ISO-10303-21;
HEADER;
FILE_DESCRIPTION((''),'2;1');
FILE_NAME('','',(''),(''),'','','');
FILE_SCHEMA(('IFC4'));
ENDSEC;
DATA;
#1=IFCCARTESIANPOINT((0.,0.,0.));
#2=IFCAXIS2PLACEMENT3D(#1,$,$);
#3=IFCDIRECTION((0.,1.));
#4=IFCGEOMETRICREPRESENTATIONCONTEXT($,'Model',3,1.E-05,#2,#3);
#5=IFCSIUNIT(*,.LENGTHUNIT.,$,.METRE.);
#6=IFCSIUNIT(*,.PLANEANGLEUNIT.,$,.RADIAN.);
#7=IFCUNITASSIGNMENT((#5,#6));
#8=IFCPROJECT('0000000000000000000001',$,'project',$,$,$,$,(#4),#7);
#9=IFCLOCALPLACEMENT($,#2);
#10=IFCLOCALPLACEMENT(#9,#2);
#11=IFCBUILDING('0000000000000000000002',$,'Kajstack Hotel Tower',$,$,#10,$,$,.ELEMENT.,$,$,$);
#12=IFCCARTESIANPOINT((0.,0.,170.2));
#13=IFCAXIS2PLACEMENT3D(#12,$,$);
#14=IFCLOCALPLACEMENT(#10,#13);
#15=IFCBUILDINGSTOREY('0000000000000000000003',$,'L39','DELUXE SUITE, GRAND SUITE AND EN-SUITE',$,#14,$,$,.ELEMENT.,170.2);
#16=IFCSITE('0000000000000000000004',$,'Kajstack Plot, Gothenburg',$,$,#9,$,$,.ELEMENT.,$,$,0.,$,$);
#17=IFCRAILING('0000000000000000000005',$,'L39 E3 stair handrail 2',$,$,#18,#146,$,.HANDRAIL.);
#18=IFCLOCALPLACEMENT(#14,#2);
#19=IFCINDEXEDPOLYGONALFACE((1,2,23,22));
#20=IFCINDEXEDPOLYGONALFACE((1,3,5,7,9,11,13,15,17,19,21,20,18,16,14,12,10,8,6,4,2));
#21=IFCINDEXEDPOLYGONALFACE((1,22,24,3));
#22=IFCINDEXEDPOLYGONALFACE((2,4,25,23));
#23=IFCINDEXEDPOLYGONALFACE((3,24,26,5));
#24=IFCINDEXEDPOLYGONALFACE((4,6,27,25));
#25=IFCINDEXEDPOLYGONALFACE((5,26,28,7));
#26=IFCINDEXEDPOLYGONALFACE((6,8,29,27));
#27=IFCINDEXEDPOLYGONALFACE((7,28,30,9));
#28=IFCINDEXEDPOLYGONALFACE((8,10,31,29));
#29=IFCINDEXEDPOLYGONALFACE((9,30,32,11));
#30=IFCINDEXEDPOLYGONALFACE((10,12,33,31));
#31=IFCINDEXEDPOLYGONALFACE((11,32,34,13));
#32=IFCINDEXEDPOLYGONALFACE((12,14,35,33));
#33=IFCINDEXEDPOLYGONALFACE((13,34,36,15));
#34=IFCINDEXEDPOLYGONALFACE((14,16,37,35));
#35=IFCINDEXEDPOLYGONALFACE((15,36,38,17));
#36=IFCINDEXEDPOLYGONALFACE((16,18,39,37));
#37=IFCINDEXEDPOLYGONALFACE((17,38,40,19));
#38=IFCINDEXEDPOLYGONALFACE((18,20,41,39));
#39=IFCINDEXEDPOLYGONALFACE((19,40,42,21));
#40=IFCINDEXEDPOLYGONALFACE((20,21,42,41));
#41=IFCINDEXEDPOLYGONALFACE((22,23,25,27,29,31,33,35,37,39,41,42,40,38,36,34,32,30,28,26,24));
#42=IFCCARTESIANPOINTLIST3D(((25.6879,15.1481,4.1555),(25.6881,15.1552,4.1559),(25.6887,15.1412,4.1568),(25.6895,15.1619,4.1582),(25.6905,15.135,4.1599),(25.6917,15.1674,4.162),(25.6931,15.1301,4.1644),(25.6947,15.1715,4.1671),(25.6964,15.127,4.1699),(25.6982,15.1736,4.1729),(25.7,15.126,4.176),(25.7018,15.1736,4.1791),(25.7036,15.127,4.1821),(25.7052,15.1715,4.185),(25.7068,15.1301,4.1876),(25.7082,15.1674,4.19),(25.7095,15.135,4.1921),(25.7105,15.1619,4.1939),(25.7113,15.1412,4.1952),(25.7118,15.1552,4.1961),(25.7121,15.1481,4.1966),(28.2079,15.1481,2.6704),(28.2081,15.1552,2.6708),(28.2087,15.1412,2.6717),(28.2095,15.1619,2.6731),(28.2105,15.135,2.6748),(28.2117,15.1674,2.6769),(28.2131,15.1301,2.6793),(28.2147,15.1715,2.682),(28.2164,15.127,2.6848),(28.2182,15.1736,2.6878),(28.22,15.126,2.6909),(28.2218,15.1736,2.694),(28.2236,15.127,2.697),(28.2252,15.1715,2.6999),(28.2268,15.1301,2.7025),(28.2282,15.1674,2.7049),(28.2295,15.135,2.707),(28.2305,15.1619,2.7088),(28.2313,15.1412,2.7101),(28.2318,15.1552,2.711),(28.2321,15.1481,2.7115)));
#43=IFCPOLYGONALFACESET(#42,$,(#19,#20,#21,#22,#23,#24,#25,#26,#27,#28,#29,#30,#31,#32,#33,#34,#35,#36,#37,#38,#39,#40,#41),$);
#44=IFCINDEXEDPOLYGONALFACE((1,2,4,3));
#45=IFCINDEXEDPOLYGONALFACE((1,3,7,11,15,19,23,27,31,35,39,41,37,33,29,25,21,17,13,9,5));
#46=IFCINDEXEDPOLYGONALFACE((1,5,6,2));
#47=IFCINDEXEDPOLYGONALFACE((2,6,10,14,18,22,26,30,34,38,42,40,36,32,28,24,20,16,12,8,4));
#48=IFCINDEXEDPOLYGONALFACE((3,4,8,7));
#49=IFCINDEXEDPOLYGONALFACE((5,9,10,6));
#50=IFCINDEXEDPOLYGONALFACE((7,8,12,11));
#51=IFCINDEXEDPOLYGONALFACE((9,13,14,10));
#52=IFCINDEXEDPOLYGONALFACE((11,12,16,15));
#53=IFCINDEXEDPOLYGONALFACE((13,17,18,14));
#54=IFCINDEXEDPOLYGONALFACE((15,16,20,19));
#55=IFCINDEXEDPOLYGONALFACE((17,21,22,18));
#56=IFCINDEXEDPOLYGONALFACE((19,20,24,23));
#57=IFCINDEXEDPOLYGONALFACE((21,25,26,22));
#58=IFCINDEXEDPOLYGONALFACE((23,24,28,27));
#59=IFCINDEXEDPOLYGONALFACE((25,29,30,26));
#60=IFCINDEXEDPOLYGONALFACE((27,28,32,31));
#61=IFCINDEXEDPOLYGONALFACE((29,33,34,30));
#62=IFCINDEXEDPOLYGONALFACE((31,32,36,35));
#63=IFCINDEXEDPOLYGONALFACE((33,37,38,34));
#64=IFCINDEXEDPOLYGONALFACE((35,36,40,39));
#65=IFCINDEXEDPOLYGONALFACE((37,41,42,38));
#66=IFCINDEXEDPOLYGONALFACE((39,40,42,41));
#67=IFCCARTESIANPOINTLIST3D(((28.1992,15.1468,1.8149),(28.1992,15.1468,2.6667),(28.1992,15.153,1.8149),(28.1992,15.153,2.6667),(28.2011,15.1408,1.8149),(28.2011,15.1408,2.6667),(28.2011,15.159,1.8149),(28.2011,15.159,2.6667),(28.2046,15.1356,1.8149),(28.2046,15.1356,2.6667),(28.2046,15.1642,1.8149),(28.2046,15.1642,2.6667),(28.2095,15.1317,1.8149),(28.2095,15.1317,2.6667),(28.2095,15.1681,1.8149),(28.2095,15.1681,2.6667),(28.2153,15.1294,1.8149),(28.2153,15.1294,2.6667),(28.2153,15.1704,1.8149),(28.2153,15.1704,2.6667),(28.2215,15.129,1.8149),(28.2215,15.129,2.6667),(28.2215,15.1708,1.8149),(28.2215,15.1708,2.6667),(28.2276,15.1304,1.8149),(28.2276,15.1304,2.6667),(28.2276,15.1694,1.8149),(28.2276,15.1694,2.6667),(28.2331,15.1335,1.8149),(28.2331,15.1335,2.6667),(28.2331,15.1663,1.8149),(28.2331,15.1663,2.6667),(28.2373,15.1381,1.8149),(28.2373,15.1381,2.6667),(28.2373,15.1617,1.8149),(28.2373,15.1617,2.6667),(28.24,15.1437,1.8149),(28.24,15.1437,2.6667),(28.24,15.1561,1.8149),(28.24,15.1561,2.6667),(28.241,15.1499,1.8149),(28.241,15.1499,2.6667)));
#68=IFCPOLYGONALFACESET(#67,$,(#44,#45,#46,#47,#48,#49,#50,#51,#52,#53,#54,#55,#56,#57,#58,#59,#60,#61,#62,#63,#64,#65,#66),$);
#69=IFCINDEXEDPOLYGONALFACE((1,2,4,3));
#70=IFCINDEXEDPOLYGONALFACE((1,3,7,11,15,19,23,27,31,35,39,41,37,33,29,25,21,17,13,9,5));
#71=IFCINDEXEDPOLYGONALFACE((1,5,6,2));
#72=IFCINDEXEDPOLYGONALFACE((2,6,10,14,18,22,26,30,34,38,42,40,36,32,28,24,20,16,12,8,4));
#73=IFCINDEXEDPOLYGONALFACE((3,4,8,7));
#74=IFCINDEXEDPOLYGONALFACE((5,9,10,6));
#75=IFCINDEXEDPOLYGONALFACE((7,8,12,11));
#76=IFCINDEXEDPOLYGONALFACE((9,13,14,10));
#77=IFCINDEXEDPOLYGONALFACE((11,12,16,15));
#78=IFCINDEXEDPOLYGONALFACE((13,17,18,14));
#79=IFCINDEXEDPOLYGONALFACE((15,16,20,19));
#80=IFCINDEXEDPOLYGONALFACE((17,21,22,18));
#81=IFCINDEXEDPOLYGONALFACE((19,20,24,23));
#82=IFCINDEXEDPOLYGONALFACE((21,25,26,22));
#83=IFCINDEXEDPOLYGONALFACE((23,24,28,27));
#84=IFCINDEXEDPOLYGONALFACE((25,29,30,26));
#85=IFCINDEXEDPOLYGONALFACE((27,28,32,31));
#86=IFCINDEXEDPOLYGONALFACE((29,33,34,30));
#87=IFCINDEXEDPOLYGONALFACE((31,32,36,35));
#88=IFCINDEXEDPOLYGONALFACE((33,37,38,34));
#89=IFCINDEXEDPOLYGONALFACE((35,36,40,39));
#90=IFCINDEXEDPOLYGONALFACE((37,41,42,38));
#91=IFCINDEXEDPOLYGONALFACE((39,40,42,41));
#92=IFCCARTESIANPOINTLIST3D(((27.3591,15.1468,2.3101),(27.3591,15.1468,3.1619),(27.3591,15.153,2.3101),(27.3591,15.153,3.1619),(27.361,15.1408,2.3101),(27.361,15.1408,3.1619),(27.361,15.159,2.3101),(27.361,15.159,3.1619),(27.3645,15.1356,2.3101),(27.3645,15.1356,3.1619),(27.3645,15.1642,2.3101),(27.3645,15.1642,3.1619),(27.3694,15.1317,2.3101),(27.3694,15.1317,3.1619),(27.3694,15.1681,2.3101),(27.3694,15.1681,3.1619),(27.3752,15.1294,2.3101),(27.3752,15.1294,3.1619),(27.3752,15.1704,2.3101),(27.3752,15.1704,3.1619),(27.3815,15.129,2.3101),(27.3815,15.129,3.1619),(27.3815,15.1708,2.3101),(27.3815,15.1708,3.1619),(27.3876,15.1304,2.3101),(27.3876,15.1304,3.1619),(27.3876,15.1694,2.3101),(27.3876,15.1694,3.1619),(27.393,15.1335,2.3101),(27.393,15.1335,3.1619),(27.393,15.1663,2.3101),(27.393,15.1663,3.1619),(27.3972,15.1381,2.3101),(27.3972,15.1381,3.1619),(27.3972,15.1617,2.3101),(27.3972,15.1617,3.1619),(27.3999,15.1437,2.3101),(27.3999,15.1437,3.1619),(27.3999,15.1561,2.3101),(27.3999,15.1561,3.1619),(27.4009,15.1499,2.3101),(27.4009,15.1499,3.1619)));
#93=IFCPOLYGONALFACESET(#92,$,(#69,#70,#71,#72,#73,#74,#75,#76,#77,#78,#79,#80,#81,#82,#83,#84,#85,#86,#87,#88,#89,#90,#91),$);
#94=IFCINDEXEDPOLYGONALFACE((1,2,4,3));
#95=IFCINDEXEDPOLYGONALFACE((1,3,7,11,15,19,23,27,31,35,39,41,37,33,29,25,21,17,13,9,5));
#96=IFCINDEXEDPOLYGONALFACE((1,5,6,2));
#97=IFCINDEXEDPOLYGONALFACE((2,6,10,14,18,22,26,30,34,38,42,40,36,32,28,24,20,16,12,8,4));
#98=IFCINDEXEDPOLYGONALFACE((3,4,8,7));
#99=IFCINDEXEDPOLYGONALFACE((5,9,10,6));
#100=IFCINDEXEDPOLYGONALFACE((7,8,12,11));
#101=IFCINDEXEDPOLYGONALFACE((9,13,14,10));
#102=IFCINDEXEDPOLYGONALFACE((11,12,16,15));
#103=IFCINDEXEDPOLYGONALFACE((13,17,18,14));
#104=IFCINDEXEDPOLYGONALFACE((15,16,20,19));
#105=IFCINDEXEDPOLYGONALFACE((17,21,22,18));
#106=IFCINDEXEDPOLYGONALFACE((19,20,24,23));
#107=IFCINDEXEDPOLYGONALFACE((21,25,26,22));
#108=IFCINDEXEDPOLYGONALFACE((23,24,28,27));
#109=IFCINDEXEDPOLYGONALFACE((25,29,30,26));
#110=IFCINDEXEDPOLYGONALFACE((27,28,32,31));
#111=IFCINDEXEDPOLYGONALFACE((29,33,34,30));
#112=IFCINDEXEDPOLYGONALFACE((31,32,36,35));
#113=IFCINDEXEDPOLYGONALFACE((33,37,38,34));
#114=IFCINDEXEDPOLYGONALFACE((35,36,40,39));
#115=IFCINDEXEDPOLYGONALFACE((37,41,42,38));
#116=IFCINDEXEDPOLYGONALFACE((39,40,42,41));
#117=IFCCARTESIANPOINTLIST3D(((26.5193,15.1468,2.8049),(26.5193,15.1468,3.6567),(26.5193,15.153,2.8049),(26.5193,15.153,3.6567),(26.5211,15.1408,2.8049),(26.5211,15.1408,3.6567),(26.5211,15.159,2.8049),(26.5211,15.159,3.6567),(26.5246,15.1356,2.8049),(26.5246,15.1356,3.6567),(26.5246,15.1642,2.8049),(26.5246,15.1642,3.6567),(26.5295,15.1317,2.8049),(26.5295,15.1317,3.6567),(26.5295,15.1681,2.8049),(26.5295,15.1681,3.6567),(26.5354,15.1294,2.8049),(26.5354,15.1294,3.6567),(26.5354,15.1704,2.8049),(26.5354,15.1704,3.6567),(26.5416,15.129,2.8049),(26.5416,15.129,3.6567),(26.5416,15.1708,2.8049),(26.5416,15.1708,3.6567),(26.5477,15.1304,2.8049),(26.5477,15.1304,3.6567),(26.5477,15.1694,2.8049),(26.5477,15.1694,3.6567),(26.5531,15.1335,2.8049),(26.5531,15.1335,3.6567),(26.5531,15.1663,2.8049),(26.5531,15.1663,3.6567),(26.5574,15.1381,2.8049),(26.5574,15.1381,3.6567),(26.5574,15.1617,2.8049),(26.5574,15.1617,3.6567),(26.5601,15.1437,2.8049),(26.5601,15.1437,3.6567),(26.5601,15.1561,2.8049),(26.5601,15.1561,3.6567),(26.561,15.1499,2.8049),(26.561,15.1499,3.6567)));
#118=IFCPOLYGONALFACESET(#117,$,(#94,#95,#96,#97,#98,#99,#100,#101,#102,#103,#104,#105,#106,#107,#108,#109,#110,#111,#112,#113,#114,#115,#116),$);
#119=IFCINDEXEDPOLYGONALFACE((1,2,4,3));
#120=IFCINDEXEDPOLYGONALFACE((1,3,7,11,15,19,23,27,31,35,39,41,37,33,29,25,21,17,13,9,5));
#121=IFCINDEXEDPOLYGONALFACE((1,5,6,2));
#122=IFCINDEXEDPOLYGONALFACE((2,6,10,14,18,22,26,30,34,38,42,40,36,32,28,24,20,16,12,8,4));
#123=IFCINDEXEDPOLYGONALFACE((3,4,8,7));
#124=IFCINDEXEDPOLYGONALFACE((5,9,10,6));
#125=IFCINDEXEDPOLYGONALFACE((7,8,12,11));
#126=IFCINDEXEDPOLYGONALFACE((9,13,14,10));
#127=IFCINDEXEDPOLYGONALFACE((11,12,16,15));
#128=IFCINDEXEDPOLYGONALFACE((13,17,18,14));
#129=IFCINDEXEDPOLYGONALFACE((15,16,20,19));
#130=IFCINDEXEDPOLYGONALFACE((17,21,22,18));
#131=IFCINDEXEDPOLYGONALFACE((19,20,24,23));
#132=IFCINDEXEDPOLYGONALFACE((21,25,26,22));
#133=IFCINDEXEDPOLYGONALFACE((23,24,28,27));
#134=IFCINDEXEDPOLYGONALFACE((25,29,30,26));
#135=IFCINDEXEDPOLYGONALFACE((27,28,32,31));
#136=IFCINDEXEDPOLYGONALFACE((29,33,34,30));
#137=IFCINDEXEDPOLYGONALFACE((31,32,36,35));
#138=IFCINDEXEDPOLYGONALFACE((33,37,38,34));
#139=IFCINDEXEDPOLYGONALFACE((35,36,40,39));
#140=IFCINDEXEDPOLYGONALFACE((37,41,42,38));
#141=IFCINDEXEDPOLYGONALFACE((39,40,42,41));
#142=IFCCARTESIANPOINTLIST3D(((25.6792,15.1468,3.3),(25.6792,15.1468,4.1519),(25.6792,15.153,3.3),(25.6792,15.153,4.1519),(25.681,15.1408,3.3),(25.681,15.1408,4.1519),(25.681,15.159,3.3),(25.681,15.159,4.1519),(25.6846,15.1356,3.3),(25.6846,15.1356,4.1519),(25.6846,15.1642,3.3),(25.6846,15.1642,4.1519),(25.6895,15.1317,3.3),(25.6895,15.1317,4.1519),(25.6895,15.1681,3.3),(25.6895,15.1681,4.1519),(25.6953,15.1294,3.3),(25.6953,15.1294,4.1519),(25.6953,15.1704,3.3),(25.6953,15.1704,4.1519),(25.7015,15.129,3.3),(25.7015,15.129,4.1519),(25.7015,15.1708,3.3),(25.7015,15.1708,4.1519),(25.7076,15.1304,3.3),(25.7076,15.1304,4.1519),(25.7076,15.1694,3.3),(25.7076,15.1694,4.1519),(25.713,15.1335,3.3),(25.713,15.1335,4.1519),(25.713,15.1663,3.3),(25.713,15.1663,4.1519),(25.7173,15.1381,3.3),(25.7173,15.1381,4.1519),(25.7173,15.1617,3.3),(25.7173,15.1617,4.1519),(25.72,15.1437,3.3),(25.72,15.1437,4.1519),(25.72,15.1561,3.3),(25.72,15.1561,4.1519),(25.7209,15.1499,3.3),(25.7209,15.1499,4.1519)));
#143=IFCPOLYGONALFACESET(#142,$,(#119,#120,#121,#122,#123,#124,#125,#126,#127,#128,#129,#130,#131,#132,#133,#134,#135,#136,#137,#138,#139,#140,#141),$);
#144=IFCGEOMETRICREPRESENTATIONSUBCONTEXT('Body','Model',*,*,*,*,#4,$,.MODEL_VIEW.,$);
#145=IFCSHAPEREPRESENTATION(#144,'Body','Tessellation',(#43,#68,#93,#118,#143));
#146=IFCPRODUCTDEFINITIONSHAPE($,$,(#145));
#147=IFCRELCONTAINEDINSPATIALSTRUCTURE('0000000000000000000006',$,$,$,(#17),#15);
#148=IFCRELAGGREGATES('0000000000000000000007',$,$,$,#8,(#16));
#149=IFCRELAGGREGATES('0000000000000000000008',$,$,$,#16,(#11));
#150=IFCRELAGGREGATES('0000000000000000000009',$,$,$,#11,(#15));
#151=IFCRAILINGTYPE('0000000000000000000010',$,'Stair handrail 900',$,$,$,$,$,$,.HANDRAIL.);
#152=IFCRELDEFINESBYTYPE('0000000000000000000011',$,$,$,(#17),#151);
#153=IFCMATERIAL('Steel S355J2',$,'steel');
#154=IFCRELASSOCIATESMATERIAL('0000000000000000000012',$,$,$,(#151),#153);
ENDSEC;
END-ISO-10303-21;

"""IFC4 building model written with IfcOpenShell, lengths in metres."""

from ifc_helpers import new_model, si_unit, direction, frame, origin, origin_2d, place, context, subcontext, project, spatial, circle, extrude, material, type_object, element, save


model = new_model("IFC4")

# Units and contexts
model_context = context("Model", 3, precision=1e-05, world=origin(), true_north=direction((0.0, 1.0)))
body_context = subcontext(model_context, "Body", "Model", "MODEL_VIEW")
ifc_project = project(units=[si_unit("LENGTHUNIT", "METRE"), si_unit("PLANEANGLEUNIT", "RADIAN")], contexts=[model_context])

# Site, building, storey
site_placement = place(None, origin())
site = spatial("IfcSite", under=ifc_project, at=site_placement, Name="Kajstack Plot, Gothenburg", CompositionType="ELEMENT", RefElevation=0.0)
building_placement = place(site_placement, origin())
building = spatial("IfcBuilding", under=site, at=building_placement, Name="Kajstack Hotel Tower", CompositionType="ELEMENT")
storey_placement = place(building_placement, frame((0.0, 0.0, 170.2)))
storey = spatial("IfcBuildingStorey", under=building, at=storey_placement, Name="L39", Description="DELUXE SUITE, GRAND SUITE AND EN-SUITE", CompositionType="ELEMENT", Elevation=170.2)

# Railing
ifc_material_1 = material(Name="Steel S355J2", Category="steel")
railing_type_1 = type_object("IfcRailingType", Name="Stair handrail 900", PredefinedType="HANDRAIL", material=ifc_material_1)
railing_1_placement = place(storey_placement, frame((28.22, 15.1499, 1.8149)))
element("IfcRailing", 1, at=railing_1_placement, inside=storey, type_object=railing_type_1, Name="L39 E3 stair handrail 2", PredefinedType="HANDRAIL", context=body_context, shape_type="SweptSolid", body=[
    extrude(circle(Radius=0.0239, at=origin_2d()), frame((0.0, 0.0, 0.876), z_axis=(-0.861524, 0.0, 0.507717), x_axis=(0.0, -1.0, 0.0)), (0.0, 0.0, 1.0), 2.925),
    extrude(circle(Radius=0.021, at=origin_2d()), origin(), (0.0, 0.0, 1.0), 0.8518),
    extrude(circle(Radius=0.021, at=origin_2d()), frame((-0.8401, 0.0, 0.4951)), (0.0, 0.0, 1.0), 0.8518),
    extrude(circle(Radius=0.021, at=origin_2d()), frame((-1.6799, 0.0, 0.99)), (0.0, 0.0, 1.0), 0.8518),
    extrude(circle(Radius=0.021, at=origin_2d()), frame((-2.52, 0.0, 1.4851)), (0.0, 0.0, 1.0), 0.8518),
])

save(model, "model.ifc")
